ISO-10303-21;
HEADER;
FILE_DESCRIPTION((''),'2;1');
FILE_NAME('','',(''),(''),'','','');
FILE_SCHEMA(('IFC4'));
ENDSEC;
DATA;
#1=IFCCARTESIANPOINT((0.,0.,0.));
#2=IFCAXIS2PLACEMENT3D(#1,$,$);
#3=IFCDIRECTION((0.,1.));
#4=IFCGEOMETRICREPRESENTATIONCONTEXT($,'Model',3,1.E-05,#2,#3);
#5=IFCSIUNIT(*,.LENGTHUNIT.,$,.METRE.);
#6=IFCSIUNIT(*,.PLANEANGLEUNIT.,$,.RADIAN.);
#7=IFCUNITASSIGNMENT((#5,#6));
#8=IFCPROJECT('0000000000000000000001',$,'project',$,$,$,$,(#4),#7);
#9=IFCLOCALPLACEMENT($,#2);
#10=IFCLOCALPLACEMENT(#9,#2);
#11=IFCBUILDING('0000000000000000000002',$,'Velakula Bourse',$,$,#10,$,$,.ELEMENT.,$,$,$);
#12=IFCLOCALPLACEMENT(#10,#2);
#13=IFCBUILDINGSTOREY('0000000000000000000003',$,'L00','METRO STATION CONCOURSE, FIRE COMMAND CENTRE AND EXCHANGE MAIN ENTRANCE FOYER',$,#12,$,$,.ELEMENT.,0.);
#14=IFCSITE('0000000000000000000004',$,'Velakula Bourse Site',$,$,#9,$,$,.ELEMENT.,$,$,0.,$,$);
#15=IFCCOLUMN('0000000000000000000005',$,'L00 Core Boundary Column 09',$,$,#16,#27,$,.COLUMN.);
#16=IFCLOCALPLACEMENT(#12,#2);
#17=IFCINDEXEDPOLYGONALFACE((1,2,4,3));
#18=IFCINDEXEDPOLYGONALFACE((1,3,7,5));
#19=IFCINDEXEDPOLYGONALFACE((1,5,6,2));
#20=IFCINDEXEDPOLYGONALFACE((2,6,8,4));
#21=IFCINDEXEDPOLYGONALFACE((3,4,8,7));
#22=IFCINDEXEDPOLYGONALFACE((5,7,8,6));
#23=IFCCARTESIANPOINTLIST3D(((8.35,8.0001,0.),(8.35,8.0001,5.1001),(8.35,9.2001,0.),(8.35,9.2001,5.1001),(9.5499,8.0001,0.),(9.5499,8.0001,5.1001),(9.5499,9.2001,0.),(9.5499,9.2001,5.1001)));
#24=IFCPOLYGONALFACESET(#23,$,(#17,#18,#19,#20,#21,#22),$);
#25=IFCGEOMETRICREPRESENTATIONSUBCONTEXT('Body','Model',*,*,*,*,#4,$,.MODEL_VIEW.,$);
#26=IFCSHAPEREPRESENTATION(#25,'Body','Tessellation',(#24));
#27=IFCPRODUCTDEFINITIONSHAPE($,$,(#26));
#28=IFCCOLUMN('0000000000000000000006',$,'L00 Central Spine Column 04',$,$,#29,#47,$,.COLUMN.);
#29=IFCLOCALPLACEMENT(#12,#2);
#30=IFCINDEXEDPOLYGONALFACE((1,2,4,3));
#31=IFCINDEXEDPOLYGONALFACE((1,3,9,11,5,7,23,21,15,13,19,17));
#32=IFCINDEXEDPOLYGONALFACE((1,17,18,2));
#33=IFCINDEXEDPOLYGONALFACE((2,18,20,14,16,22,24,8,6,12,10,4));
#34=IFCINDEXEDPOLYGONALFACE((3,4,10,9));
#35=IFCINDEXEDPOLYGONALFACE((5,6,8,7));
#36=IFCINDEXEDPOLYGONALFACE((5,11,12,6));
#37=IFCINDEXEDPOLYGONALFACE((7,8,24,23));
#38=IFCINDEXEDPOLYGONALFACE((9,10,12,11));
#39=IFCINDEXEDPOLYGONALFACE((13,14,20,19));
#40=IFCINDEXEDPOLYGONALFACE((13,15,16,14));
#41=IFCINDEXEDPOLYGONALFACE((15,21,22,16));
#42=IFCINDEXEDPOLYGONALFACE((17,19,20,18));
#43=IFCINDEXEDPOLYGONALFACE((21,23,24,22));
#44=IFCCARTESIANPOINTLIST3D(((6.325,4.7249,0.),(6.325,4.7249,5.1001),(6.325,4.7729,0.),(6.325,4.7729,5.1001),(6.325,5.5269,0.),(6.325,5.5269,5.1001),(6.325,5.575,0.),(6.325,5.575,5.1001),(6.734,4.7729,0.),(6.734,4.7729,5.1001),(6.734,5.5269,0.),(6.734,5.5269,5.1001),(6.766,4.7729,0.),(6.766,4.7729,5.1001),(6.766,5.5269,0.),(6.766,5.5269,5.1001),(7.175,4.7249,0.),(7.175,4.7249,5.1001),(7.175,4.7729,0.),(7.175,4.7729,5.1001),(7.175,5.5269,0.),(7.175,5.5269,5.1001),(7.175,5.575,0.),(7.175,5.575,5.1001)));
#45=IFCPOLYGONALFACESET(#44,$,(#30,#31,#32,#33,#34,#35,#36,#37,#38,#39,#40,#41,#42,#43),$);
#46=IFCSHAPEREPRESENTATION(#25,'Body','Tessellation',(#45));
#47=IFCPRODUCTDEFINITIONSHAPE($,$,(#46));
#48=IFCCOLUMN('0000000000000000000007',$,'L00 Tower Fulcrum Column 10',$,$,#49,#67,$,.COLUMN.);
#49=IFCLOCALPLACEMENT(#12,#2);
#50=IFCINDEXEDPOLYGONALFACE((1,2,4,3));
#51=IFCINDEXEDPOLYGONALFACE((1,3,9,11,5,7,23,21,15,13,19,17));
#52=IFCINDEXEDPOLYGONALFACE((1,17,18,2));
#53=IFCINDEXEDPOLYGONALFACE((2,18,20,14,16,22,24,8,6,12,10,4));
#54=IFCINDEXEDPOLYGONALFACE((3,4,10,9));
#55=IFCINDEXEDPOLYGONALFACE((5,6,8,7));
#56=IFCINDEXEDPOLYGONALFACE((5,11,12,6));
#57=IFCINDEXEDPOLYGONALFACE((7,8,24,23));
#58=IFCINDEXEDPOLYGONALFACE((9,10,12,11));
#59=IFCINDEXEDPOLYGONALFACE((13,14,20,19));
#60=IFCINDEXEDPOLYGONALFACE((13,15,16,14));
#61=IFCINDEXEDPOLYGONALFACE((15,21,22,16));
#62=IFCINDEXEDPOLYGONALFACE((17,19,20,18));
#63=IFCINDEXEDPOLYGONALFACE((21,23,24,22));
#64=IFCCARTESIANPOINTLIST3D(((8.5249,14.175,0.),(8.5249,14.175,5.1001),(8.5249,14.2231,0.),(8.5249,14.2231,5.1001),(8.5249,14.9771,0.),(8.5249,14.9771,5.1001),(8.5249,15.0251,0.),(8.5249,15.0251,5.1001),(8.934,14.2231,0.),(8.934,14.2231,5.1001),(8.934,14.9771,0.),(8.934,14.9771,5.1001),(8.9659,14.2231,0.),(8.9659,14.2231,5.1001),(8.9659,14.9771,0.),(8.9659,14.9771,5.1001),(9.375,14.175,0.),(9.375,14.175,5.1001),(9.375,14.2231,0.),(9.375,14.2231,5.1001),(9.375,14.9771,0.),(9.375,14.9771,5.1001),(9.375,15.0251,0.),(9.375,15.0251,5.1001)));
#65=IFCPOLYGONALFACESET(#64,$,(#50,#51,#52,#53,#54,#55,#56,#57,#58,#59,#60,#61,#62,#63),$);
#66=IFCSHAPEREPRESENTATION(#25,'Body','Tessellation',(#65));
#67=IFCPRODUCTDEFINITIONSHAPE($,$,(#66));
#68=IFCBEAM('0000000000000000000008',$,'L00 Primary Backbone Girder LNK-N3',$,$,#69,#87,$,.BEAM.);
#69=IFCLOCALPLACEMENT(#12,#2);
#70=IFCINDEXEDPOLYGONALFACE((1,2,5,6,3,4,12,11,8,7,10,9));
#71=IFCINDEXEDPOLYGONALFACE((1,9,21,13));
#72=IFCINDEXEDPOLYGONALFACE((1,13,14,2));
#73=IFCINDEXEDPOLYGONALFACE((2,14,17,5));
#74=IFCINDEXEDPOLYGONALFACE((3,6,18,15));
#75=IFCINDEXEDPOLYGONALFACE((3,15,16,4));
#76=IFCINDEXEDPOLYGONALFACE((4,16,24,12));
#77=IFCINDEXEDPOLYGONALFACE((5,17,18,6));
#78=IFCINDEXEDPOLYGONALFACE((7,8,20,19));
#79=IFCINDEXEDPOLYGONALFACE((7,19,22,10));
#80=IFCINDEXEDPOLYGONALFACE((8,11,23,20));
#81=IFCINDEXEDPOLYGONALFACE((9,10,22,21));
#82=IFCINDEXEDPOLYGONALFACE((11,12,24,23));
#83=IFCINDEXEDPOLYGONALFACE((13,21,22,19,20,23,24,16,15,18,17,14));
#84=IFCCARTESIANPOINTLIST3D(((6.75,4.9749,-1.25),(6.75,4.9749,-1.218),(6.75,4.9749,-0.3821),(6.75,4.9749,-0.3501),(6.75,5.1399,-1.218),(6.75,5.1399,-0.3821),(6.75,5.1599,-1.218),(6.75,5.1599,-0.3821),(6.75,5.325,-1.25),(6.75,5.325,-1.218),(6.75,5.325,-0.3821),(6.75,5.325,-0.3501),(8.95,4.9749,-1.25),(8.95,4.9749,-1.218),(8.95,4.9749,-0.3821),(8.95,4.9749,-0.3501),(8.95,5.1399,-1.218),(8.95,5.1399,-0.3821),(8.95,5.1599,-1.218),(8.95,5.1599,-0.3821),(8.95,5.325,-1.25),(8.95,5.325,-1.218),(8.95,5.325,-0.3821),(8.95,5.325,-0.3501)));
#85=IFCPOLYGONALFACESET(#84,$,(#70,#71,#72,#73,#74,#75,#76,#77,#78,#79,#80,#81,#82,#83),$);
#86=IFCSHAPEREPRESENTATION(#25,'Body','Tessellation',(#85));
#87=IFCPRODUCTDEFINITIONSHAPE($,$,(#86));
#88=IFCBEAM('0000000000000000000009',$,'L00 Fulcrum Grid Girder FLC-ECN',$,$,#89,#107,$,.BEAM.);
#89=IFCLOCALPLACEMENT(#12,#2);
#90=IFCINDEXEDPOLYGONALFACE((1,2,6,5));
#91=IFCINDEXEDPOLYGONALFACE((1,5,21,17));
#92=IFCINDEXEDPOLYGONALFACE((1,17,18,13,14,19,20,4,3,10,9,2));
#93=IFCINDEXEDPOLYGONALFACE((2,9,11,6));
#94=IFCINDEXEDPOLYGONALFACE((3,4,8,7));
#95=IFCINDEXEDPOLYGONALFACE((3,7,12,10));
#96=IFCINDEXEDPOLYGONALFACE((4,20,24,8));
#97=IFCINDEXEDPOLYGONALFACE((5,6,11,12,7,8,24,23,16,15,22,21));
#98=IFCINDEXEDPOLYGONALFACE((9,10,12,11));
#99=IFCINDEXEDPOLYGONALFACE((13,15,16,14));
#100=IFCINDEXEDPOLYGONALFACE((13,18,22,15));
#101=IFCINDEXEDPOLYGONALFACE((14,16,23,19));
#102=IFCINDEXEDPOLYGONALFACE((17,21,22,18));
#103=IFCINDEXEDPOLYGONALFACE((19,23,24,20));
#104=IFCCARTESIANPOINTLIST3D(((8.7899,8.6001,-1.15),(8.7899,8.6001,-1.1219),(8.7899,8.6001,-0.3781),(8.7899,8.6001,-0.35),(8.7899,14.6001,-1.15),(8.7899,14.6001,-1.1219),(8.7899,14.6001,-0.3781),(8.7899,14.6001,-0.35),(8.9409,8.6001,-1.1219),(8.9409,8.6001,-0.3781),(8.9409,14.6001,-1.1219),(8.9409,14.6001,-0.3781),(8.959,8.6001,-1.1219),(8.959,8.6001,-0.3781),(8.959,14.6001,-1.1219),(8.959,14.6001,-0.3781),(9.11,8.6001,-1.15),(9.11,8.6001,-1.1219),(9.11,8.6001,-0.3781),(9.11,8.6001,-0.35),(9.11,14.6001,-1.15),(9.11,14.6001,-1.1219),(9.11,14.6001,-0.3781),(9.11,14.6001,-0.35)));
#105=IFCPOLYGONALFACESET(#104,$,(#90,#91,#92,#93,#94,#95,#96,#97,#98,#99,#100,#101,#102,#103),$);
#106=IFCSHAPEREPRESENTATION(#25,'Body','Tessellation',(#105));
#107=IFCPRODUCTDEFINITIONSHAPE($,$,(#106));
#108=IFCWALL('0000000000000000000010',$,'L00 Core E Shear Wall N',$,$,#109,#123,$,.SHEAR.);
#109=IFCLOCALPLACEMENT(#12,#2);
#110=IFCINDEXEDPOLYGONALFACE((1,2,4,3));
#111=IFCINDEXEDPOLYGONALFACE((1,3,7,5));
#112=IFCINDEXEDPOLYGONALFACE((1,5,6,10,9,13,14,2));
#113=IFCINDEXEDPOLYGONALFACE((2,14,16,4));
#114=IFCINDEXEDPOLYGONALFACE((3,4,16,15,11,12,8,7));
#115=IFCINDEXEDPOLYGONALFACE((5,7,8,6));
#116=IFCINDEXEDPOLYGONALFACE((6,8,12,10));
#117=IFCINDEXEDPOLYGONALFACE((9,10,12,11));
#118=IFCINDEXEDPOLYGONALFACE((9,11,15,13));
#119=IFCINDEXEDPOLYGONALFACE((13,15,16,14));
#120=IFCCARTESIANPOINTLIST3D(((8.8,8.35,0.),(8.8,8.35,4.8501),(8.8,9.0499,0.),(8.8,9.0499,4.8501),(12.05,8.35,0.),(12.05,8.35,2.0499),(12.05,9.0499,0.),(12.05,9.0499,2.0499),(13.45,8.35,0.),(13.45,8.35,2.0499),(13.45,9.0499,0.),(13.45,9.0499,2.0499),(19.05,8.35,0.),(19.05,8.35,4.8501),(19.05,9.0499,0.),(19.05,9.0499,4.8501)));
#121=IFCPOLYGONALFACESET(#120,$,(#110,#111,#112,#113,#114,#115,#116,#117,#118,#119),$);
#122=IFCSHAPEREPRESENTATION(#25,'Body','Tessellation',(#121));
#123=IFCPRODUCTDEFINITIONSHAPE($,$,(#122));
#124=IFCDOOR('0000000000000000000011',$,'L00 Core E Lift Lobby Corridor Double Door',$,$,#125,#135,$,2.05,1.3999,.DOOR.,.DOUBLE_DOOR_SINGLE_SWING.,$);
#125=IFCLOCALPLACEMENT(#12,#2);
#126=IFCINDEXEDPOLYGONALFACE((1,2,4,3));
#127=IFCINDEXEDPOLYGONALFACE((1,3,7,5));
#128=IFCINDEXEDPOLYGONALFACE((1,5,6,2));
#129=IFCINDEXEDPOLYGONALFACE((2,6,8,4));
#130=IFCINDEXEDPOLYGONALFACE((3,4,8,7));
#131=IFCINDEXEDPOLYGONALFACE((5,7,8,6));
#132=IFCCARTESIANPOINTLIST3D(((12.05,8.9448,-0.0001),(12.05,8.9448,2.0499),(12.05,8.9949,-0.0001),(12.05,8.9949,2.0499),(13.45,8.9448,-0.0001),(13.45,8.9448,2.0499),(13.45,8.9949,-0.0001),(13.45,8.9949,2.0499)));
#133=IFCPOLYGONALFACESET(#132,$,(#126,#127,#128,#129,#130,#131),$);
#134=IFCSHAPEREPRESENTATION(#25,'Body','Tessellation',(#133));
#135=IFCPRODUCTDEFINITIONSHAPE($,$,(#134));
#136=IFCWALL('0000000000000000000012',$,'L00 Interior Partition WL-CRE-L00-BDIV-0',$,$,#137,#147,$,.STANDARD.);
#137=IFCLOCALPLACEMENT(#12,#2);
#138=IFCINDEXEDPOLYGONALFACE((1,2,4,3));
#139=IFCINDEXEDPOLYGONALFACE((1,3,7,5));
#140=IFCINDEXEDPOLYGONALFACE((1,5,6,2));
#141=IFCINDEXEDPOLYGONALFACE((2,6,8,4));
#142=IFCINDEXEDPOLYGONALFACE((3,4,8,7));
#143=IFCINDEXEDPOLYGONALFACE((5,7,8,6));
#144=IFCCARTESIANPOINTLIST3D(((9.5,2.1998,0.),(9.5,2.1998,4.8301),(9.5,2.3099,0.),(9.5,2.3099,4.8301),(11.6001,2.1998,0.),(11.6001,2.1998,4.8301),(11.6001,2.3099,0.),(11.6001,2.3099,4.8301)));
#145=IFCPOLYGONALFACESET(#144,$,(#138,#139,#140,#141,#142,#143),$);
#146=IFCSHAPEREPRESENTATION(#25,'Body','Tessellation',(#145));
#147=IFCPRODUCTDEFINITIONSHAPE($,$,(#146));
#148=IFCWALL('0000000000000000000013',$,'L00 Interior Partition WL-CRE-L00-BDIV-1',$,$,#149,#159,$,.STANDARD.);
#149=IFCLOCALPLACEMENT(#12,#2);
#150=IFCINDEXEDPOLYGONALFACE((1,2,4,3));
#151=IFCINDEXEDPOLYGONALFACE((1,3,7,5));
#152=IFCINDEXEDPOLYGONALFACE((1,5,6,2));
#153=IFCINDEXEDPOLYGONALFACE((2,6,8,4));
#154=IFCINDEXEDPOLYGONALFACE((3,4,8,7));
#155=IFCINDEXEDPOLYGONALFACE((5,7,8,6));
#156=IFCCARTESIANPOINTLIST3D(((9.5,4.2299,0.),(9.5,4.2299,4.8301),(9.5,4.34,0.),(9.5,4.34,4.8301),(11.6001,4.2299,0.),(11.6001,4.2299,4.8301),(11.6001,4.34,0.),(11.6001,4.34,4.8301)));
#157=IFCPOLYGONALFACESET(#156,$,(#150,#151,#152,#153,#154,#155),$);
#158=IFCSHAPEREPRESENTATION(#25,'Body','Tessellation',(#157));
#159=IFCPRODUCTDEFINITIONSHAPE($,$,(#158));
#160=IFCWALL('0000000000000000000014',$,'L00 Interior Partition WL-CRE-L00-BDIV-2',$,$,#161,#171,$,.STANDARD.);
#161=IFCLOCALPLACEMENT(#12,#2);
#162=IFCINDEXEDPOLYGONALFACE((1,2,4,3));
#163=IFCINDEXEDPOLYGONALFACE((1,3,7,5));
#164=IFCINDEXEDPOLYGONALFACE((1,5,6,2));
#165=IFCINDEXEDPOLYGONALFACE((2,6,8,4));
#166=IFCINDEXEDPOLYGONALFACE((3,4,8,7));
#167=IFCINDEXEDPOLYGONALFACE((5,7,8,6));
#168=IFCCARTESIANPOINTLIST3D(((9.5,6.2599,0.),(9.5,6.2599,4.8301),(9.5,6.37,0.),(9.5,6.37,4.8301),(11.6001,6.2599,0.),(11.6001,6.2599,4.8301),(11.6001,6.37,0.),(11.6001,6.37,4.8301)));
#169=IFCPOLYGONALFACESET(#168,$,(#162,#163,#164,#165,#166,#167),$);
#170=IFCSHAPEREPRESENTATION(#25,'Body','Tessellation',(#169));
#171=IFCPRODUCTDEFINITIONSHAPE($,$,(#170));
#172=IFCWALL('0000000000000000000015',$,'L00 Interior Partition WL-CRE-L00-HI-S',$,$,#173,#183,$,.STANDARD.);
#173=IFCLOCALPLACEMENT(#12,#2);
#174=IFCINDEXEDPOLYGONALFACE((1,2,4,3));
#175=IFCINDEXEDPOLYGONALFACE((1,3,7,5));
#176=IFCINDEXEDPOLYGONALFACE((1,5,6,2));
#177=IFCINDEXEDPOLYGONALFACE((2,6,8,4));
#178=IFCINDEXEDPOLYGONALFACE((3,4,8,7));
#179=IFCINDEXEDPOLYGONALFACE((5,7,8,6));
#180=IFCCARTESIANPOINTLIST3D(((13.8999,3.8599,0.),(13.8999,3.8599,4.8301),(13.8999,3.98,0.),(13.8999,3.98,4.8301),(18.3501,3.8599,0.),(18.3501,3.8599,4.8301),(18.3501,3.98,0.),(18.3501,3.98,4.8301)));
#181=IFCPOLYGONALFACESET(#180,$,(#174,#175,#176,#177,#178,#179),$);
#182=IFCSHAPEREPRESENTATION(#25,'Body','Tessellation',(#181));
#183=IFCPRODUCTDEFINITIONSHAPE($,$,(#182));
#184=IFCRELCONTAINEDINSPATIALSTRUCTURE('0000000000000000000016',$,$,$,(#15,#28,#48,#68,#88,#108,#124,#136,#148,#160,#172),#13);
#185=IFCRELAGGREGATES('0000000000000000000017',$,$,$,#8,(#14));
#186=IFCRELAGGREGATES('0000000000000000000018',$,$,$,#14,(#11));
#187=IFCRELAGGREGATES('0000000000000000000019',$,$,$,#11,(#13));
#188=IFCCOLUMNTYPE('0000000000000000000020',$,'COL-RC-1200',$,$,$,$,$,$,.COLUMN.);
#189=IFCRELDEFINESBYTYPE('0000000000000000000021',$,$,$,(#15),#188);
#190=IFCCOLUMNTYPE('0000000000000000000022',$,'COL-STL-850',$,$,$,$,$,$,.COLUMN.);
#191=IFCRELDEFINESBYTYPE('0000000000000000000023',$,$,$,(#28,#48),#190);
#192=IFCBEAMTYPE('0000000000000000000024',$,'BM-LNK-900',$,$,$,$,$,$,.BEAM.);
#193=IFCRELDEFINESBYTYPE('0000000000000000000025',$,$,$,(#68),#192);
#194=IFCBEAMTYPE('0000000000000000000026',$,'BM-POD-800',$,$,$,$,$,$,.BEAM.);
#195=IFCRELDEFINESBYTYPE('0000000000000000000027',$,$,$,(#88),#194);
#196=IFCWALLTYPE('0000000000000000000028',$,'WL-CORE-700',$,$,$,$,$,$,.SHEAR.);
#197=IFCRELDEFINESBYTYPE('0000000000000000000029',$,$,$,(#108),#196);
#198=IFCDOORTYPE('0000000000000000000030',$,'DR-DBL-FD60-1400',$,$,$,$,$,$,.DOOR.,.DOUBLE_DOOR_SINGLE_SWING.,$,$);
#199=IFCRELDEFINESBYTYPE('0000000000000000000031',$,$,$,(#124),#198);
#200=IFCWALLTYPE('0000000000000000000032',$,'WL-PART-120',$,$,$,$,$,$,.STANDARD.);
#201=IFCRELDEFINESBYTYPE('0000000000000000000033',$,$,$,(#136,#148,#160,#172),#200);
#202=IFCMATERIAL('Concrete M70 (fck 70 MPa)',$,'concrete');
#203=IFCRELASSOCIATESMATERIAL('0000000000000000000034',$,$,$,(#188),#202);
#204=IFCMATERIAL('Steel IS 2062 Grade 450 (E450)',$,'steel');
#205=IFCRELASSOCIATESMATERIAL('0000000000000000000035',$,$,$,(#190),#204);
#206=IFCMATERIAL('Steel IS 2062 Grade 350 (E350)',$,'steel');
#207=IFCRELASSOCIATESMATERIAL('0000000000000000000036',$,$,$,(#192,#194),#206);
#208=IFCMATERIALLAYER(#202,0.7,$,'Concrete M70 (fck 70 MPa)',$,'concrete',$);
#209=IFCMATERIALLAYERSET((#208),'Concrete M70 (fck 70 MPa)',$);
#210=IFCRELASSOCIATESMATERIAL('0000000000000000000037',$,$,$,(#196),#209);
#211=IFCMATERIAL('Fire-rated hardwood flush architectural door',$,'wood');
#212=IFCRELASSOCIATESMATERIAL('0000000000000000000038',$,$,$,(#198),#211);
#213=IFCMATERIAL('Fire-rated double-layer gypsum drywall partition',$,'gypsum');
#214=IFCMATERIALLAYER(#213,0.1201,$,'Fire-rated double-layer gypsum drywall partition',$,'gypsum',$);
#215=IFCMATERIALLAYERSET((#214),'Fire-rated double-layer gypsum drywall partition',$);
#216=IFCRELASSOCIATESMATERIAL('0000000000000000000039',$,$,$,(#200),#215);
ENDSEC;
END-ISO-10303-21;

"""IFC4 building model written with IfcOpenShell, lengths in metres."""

from ifc_helpers import new_model, si_unit, direction, frame, frame_2d, origin, origin_2d, place, context, subcontext, project, spatial, rectangle, i_section, extrude, material, layer, layer_set, material_profile, profile_set, type_object, element, fill, save


model = new_model("IFC4")

# Units and contexts
model_context = context("Model", 3, precision=1e-05, world=origin(), true_north=direction((0.0, 1.0)))
body_context = subcontext(model_context, "Body", "Model", "MODEL_VIEW")
ifc_project = project(units=[si_unit("LENGTHUNIT", "METRE"), si_unit("PLANEANGLEUNIT", "RADIAN")], contexts=[model_context])

# Site, building, storey
site_placement = place(None, origin())
site = spatial("IfcSite", under=ifc_project, at=site_placement, Name="Velakula Bourse Site", CompositionType="ELEMENT", RefElevation=0.0)
building_placement = place(site_placement, origin())
building = spatial("IfcBuilding", under=site, at=building_placement, Name="Velakula Bourse", CompositionType="ELEMENT")
storey_placement = place(building_placement, origin())
storey = spatial("IfcBuildingStorey", under=building, at=storey_placement, Name="L00", Description="METRO STATION CONCOURSE, FIRE COMMAND CENTRE AND EXCHANGE MAIN ENTRANCE FOYER", CompositionType="ELEMENT", Elevation=0.0)

# Columns
ifc_material_1 = material(Name="Concrete M70 (fck 70 MPa)", Category="concrete")
ifc_material_profile_1 = material_profile(ifc_material_1, rectangle(XDim=1.2, YDim=1.2, at=origin_2d()), Name="Concrete M70 (fck 70 MPa)")
ifc_profile_set_1 = profile_set([ifc_material_profile_1], Name="Concrete M70 (fck 70 MPa)")
column_type_1 = type_object("IfcColumnType", Name="COL-RC-1200", PredefinedType="COLUMN", material=ifc_profile_set_1)
column_placement = place(storey_placement, frame((8.95, 8.6001, 0.0), z_axis=(0.0, 0.0, 1.0), x_axis=(1.0, 0.0, 0.0)))
element("IfcColumn", 1, at=column_placement, inside=storey, type_object=column_type_1, Name="L00 Core Boundary Column 09", PredefinedType="COLUMN", context=body_context, shape_type="SweptSolid", body=[
    extrude(rectangle(XDim=1.2, YDim=1.2, at=origin_2d()), origin(), (0.0, 0.0, 1.0), 5.1001),
])
ifc_material_2 = material(Name="Steel IS 2062 Grade 450 (E450)", Category="steel")
ifc_material_profile_2 = material_profile(ifc_material_2, i_section(OverallWidth=0.8501, OverallDepth=0.8501, WebThickness=0.032, FlangeThickness=0.0481, at=origin_2d()), Name="Steel IS 2062 Grade 450 (E450)")
ifc_profile_set_2 = profile_set([ifc_material_profile_2], Name="Steel IS 2062 Grade 450 (E450)")
column_type_2 = type_object("IfcColumnType", Name="COL-STL-850", PredefinedType="COLUMN", material=ifc_profile_set_2)
for number, where, z_axis, x_axis, name in (
    (2, (6.75, 5.1499, 0.0), (0.0, 0.0, 1.0), (1.0, 0.0, 0.0), "L00 Central Spine Column 04"),
    (3, (8.95, 14.6001, 0.0), (0.0, 0.0, 1.0), (1.0, 0.0, 0.0), "L00 Tower Fulcrum Column 10"),
):
    element("IfcColumn", number, at=place(storey_placement, frame(where, z_axis=z_axis, x_axis=x_axis)), inside=storey, type_object=column_type_2, Name=name, PredefinedType="COLUMN", context=body_context, shape_type="SweptSolid", body=[
        extrude(i_section(OverallWidth=0.8501, OverallDepth=0.8501, WebThickness=0.032, FlangeThickness=0.0481, at=origin_2d()), origin(), (0.0, 0.0, 1.0), 5.1001),
    ])

# Beams
ifc_material_3 = material(Name="Steel IS 2062 Grade 350 (E350)", Category="steel")
ifc_material_profile_3 = material_profile(ifc_material_3, i_section(OverallWidth=0.3501, OverallDepth=0.8999, WebThickness=0.02, FlangeThickness=0.032, at=origin_2d()), Name="Steel IS 2062 Grade 350 (E350)")
ifc_profile_set_3 = profile_set([ifc_material_profile_3], Name="Steel IS 2062 Grade 350 (E350)")
beam_type_1 = type_object("IfcBeamType", Name="BM-LNK-900", PredefinedType="BEAM", material=ifc_profile_set_3)
beam_1_placement = place(storey_placement, frame((6.75, 5.1499, -0.8), z_axis=(1.0, 0.0, 0.0), x_axis=(0.0, 1.0, 0.0)))
element("IfcBeam", 4, at=beam_1_placement, inside=storey, type_object=beam_type_1, Name="L00 Primary Backbone Girder LNK-N3", PredefinedType="BEAM", context=body_context, shape_type="SweptSolid", body=[
    extrude(i_section(OverallWidth=0.3501, OverallDepth=0.8999, WebThickness=0.02, FlangeThickness=0.032, at=origin_2d()), origin(), (0.0, 0.0, 1.0), 2.2),
])
ifc_material_profile_4 = material_profile(ifc_material_3, i_section(OverallWidth=0.3201, OverallDepth=0.8, WebThickness=0.0181, FlangeThickness=0.0281, at=origin_2d()), Name="Steel IS 2062 Grade 350 (E350)")
ifc_profile_set_4 = profile_set([ifc_material_profile_4], Name="Steel IS 2062 Grade 350 (E350)")
beam_type_2 = type_object("IfcBeamType", Name="BM-POD-800", PredefinedType="BEAM", material=ifc_profile_set_4)
beam_2_placement = place(storey_placement, frame((8.95, 8.6001, -0.75), z_axis=(0.0, 1.0, 0.0), x_axis=(-1.0, 0.0, 0.0)))
element("IfcBeam", 5, at=beam_2_placement, inside=storey, type_object=beam_type_2, Name="L00 Fulcrum Grid Girder FLC-ECN", PredefinedType="BEAM", context=body_context, shape_type="SweptSolid", body=[
    extrude(i_section(OverallWidth=0.3201, OverallDepth=0.8, WebThickness=0.0181, FlangeThickness=0.0281, at=origin_2d()), origin(), (0.0, 0.0, 1.0), 6.0),
])

# Wall, opening, door
ifc_layer_1 = layer(ifc_material_1, 0.7, Name="Concrete M70 (fck 70 MPa)", Category="concrete")
ifc_layer_set_1 = layer_set([ifc_layer_1], Name="Concrete M70 (fck 70 MPa)")
wall_type_1 = type_object("IfcWallType", Name="WL-CORE-700", PredefinedType="SHEAR", material=ifc_layer_set_1)
wall_1_placement = place(storey_placement, frame((8.8, 8.7, 0.0), z_axis=(0.0, 0.0, 1.0), x_axis=(1.0, 0.0, 0.0)))
wall_1 = element("IfcWall", 6, at=wall_1_placement, inside=storey, type_object=wall_type_1, Name="L00 Core E Shear Wall N", PredefinedType="SHEAR", context=body_context, shape_type="SweptSolid", body=[
    extrude(rectangle(XDim=10.25, YDim=0.7, at=frame_2d((5.125, 0.0))), origin(), (0.0, 0.0, 1.0), 4.8501),
])
opening_1_placement = place(wall_1_placement, frame((3.25, 0.0, 0.0)))
opening_1 = element("IfcOpeningElement", 7, at=opening_1_placement, cuts=wall_1, PredefinedType="OPENING", context=body_context, shape_type="SweptSolid", body=[
    extrude(rectangle(XDim=1.3999, YDim=2.05, at=frame_2d((0.7, 1.0249))), frame((0.0, 0.3599, 0.0), z_axis=(0.0, -1.0, 0.0), x_axis=(1.0, 0.0, 0.0)), (0.0, 0.0, 1.0), 0.72),
])
ifc_material_4 = material(Name="Fire-rated hardwood flush architectural door", Category="wood")
door_type_1 = type_object("IfcDoorType", Name="DR-DBL-FD60-1400", OperationType="DOUBLE_DOOR_SINGLE_SWING", PredefinedType="DOOR", material=ifc_material_4)
door_1_placement = place(opening_1_placement, origin())
door_1 = element("IfcDoor", 8, at=door_1_placement, inside=storey, type_object=door_type_1, Name="L00 Core E Lift Lobby Corridor Double Door", OperationType="DOUBLE_DOOR_SINGLE_SWING", OverallHeight=2.05, OverallWidth=1.3999, PredefinedType="DOOR", context=body_context, shape_type="SweptSolid", body=[
    extrude(rectangle(XDim=1.3999, YDim=2.05, at=frame_2d((0.7, 1.0249))), frame((0.0, 0.2949, 0.0), z_axis=(0.0, -1.0, 0.0), x_axis=(1.0, 0.0, 0.0)), (0.0, 0.0, 1.0), 0.05),
])
fill(opening_1, door_1)

# Walls
ifc_material_5 = material(Name="Fire-rated double-layer gypsum drywall partition", Category="gypsum")
ifc_layer_2 = layer(ifc_material_5, 0.1201, Name="Fire-rated double-layer gypsum drywall partition", Category="gypsum")
ifc_layer_set_2 = layer_set([ifc_layer_2], Name="Fire-rated double-layer gypsum drywall partition")
wall_type_2 = type_object("IfcWallType", Name="WL-PART-120", PredefinedType="STANDARD", material=ifc_layer_set_2)
for number, where, z_axis, x_axis, name in (
    (9, (9.5, 2.2549, 0.0), (0.0, 0.0, 1.0), (1.0, 0.0, 0.0), "L00 Interior Partition WL-CRE-L00-BDIV-0"),
    (10, (9.5, 4.2849, 0.0), (0.0, 0.0, 1.0), (1.0, 0.0, 0.0), "L00 Interior Partition WL-CRE-L00-BDIV-1"),
    (11, (9.5, 6.3149, 0.0), (0.0, 0.0, 1.0), (1.0, 0.0, 0.0), "L00 Interior Partition WL-CRE-L00-BDIV-2"),
):
    element("IfcWall", number, at=place(storey_placement, frame(where, z_axis=z_axis, x_axis=x_axis)), inside=storey, type_object=wall_type_2, Name=name, PredefinedType="STANDARD", context=body_context, shape_type="SweptSolid", body=[
        extrude(rectangle(XDim=2.1001, YDim=0.1101, at=frame_2d((1.05, 0.0))), origin(), (0.0, 0.0, 1.0), 4.8301),
    ])
wall_2_placement = place(storey_placement, frame((13.8999, 3.9199, 0.0), z_axis=(0.0, 0.0, 1.0), x_axis=(1.0, 0.0, 0.0)))
element("IfcWall", 12, at=wall_2_placement, inside=storey, type_object=wall_type_2, Name="L00 Interior Partition WL-CRE-L00-HI-S", PredefinedType="STANDARD", context=body_context, shape_type="SweptSolid", body=[
    extrude(rectangle(XDim=4.4502, YDim=0.1201, at=frame_2d((2.2251, 0.0))), origin(), (0.0, 0.0, 1.0), 4.8301),
])

save(model, "model.ifc")
